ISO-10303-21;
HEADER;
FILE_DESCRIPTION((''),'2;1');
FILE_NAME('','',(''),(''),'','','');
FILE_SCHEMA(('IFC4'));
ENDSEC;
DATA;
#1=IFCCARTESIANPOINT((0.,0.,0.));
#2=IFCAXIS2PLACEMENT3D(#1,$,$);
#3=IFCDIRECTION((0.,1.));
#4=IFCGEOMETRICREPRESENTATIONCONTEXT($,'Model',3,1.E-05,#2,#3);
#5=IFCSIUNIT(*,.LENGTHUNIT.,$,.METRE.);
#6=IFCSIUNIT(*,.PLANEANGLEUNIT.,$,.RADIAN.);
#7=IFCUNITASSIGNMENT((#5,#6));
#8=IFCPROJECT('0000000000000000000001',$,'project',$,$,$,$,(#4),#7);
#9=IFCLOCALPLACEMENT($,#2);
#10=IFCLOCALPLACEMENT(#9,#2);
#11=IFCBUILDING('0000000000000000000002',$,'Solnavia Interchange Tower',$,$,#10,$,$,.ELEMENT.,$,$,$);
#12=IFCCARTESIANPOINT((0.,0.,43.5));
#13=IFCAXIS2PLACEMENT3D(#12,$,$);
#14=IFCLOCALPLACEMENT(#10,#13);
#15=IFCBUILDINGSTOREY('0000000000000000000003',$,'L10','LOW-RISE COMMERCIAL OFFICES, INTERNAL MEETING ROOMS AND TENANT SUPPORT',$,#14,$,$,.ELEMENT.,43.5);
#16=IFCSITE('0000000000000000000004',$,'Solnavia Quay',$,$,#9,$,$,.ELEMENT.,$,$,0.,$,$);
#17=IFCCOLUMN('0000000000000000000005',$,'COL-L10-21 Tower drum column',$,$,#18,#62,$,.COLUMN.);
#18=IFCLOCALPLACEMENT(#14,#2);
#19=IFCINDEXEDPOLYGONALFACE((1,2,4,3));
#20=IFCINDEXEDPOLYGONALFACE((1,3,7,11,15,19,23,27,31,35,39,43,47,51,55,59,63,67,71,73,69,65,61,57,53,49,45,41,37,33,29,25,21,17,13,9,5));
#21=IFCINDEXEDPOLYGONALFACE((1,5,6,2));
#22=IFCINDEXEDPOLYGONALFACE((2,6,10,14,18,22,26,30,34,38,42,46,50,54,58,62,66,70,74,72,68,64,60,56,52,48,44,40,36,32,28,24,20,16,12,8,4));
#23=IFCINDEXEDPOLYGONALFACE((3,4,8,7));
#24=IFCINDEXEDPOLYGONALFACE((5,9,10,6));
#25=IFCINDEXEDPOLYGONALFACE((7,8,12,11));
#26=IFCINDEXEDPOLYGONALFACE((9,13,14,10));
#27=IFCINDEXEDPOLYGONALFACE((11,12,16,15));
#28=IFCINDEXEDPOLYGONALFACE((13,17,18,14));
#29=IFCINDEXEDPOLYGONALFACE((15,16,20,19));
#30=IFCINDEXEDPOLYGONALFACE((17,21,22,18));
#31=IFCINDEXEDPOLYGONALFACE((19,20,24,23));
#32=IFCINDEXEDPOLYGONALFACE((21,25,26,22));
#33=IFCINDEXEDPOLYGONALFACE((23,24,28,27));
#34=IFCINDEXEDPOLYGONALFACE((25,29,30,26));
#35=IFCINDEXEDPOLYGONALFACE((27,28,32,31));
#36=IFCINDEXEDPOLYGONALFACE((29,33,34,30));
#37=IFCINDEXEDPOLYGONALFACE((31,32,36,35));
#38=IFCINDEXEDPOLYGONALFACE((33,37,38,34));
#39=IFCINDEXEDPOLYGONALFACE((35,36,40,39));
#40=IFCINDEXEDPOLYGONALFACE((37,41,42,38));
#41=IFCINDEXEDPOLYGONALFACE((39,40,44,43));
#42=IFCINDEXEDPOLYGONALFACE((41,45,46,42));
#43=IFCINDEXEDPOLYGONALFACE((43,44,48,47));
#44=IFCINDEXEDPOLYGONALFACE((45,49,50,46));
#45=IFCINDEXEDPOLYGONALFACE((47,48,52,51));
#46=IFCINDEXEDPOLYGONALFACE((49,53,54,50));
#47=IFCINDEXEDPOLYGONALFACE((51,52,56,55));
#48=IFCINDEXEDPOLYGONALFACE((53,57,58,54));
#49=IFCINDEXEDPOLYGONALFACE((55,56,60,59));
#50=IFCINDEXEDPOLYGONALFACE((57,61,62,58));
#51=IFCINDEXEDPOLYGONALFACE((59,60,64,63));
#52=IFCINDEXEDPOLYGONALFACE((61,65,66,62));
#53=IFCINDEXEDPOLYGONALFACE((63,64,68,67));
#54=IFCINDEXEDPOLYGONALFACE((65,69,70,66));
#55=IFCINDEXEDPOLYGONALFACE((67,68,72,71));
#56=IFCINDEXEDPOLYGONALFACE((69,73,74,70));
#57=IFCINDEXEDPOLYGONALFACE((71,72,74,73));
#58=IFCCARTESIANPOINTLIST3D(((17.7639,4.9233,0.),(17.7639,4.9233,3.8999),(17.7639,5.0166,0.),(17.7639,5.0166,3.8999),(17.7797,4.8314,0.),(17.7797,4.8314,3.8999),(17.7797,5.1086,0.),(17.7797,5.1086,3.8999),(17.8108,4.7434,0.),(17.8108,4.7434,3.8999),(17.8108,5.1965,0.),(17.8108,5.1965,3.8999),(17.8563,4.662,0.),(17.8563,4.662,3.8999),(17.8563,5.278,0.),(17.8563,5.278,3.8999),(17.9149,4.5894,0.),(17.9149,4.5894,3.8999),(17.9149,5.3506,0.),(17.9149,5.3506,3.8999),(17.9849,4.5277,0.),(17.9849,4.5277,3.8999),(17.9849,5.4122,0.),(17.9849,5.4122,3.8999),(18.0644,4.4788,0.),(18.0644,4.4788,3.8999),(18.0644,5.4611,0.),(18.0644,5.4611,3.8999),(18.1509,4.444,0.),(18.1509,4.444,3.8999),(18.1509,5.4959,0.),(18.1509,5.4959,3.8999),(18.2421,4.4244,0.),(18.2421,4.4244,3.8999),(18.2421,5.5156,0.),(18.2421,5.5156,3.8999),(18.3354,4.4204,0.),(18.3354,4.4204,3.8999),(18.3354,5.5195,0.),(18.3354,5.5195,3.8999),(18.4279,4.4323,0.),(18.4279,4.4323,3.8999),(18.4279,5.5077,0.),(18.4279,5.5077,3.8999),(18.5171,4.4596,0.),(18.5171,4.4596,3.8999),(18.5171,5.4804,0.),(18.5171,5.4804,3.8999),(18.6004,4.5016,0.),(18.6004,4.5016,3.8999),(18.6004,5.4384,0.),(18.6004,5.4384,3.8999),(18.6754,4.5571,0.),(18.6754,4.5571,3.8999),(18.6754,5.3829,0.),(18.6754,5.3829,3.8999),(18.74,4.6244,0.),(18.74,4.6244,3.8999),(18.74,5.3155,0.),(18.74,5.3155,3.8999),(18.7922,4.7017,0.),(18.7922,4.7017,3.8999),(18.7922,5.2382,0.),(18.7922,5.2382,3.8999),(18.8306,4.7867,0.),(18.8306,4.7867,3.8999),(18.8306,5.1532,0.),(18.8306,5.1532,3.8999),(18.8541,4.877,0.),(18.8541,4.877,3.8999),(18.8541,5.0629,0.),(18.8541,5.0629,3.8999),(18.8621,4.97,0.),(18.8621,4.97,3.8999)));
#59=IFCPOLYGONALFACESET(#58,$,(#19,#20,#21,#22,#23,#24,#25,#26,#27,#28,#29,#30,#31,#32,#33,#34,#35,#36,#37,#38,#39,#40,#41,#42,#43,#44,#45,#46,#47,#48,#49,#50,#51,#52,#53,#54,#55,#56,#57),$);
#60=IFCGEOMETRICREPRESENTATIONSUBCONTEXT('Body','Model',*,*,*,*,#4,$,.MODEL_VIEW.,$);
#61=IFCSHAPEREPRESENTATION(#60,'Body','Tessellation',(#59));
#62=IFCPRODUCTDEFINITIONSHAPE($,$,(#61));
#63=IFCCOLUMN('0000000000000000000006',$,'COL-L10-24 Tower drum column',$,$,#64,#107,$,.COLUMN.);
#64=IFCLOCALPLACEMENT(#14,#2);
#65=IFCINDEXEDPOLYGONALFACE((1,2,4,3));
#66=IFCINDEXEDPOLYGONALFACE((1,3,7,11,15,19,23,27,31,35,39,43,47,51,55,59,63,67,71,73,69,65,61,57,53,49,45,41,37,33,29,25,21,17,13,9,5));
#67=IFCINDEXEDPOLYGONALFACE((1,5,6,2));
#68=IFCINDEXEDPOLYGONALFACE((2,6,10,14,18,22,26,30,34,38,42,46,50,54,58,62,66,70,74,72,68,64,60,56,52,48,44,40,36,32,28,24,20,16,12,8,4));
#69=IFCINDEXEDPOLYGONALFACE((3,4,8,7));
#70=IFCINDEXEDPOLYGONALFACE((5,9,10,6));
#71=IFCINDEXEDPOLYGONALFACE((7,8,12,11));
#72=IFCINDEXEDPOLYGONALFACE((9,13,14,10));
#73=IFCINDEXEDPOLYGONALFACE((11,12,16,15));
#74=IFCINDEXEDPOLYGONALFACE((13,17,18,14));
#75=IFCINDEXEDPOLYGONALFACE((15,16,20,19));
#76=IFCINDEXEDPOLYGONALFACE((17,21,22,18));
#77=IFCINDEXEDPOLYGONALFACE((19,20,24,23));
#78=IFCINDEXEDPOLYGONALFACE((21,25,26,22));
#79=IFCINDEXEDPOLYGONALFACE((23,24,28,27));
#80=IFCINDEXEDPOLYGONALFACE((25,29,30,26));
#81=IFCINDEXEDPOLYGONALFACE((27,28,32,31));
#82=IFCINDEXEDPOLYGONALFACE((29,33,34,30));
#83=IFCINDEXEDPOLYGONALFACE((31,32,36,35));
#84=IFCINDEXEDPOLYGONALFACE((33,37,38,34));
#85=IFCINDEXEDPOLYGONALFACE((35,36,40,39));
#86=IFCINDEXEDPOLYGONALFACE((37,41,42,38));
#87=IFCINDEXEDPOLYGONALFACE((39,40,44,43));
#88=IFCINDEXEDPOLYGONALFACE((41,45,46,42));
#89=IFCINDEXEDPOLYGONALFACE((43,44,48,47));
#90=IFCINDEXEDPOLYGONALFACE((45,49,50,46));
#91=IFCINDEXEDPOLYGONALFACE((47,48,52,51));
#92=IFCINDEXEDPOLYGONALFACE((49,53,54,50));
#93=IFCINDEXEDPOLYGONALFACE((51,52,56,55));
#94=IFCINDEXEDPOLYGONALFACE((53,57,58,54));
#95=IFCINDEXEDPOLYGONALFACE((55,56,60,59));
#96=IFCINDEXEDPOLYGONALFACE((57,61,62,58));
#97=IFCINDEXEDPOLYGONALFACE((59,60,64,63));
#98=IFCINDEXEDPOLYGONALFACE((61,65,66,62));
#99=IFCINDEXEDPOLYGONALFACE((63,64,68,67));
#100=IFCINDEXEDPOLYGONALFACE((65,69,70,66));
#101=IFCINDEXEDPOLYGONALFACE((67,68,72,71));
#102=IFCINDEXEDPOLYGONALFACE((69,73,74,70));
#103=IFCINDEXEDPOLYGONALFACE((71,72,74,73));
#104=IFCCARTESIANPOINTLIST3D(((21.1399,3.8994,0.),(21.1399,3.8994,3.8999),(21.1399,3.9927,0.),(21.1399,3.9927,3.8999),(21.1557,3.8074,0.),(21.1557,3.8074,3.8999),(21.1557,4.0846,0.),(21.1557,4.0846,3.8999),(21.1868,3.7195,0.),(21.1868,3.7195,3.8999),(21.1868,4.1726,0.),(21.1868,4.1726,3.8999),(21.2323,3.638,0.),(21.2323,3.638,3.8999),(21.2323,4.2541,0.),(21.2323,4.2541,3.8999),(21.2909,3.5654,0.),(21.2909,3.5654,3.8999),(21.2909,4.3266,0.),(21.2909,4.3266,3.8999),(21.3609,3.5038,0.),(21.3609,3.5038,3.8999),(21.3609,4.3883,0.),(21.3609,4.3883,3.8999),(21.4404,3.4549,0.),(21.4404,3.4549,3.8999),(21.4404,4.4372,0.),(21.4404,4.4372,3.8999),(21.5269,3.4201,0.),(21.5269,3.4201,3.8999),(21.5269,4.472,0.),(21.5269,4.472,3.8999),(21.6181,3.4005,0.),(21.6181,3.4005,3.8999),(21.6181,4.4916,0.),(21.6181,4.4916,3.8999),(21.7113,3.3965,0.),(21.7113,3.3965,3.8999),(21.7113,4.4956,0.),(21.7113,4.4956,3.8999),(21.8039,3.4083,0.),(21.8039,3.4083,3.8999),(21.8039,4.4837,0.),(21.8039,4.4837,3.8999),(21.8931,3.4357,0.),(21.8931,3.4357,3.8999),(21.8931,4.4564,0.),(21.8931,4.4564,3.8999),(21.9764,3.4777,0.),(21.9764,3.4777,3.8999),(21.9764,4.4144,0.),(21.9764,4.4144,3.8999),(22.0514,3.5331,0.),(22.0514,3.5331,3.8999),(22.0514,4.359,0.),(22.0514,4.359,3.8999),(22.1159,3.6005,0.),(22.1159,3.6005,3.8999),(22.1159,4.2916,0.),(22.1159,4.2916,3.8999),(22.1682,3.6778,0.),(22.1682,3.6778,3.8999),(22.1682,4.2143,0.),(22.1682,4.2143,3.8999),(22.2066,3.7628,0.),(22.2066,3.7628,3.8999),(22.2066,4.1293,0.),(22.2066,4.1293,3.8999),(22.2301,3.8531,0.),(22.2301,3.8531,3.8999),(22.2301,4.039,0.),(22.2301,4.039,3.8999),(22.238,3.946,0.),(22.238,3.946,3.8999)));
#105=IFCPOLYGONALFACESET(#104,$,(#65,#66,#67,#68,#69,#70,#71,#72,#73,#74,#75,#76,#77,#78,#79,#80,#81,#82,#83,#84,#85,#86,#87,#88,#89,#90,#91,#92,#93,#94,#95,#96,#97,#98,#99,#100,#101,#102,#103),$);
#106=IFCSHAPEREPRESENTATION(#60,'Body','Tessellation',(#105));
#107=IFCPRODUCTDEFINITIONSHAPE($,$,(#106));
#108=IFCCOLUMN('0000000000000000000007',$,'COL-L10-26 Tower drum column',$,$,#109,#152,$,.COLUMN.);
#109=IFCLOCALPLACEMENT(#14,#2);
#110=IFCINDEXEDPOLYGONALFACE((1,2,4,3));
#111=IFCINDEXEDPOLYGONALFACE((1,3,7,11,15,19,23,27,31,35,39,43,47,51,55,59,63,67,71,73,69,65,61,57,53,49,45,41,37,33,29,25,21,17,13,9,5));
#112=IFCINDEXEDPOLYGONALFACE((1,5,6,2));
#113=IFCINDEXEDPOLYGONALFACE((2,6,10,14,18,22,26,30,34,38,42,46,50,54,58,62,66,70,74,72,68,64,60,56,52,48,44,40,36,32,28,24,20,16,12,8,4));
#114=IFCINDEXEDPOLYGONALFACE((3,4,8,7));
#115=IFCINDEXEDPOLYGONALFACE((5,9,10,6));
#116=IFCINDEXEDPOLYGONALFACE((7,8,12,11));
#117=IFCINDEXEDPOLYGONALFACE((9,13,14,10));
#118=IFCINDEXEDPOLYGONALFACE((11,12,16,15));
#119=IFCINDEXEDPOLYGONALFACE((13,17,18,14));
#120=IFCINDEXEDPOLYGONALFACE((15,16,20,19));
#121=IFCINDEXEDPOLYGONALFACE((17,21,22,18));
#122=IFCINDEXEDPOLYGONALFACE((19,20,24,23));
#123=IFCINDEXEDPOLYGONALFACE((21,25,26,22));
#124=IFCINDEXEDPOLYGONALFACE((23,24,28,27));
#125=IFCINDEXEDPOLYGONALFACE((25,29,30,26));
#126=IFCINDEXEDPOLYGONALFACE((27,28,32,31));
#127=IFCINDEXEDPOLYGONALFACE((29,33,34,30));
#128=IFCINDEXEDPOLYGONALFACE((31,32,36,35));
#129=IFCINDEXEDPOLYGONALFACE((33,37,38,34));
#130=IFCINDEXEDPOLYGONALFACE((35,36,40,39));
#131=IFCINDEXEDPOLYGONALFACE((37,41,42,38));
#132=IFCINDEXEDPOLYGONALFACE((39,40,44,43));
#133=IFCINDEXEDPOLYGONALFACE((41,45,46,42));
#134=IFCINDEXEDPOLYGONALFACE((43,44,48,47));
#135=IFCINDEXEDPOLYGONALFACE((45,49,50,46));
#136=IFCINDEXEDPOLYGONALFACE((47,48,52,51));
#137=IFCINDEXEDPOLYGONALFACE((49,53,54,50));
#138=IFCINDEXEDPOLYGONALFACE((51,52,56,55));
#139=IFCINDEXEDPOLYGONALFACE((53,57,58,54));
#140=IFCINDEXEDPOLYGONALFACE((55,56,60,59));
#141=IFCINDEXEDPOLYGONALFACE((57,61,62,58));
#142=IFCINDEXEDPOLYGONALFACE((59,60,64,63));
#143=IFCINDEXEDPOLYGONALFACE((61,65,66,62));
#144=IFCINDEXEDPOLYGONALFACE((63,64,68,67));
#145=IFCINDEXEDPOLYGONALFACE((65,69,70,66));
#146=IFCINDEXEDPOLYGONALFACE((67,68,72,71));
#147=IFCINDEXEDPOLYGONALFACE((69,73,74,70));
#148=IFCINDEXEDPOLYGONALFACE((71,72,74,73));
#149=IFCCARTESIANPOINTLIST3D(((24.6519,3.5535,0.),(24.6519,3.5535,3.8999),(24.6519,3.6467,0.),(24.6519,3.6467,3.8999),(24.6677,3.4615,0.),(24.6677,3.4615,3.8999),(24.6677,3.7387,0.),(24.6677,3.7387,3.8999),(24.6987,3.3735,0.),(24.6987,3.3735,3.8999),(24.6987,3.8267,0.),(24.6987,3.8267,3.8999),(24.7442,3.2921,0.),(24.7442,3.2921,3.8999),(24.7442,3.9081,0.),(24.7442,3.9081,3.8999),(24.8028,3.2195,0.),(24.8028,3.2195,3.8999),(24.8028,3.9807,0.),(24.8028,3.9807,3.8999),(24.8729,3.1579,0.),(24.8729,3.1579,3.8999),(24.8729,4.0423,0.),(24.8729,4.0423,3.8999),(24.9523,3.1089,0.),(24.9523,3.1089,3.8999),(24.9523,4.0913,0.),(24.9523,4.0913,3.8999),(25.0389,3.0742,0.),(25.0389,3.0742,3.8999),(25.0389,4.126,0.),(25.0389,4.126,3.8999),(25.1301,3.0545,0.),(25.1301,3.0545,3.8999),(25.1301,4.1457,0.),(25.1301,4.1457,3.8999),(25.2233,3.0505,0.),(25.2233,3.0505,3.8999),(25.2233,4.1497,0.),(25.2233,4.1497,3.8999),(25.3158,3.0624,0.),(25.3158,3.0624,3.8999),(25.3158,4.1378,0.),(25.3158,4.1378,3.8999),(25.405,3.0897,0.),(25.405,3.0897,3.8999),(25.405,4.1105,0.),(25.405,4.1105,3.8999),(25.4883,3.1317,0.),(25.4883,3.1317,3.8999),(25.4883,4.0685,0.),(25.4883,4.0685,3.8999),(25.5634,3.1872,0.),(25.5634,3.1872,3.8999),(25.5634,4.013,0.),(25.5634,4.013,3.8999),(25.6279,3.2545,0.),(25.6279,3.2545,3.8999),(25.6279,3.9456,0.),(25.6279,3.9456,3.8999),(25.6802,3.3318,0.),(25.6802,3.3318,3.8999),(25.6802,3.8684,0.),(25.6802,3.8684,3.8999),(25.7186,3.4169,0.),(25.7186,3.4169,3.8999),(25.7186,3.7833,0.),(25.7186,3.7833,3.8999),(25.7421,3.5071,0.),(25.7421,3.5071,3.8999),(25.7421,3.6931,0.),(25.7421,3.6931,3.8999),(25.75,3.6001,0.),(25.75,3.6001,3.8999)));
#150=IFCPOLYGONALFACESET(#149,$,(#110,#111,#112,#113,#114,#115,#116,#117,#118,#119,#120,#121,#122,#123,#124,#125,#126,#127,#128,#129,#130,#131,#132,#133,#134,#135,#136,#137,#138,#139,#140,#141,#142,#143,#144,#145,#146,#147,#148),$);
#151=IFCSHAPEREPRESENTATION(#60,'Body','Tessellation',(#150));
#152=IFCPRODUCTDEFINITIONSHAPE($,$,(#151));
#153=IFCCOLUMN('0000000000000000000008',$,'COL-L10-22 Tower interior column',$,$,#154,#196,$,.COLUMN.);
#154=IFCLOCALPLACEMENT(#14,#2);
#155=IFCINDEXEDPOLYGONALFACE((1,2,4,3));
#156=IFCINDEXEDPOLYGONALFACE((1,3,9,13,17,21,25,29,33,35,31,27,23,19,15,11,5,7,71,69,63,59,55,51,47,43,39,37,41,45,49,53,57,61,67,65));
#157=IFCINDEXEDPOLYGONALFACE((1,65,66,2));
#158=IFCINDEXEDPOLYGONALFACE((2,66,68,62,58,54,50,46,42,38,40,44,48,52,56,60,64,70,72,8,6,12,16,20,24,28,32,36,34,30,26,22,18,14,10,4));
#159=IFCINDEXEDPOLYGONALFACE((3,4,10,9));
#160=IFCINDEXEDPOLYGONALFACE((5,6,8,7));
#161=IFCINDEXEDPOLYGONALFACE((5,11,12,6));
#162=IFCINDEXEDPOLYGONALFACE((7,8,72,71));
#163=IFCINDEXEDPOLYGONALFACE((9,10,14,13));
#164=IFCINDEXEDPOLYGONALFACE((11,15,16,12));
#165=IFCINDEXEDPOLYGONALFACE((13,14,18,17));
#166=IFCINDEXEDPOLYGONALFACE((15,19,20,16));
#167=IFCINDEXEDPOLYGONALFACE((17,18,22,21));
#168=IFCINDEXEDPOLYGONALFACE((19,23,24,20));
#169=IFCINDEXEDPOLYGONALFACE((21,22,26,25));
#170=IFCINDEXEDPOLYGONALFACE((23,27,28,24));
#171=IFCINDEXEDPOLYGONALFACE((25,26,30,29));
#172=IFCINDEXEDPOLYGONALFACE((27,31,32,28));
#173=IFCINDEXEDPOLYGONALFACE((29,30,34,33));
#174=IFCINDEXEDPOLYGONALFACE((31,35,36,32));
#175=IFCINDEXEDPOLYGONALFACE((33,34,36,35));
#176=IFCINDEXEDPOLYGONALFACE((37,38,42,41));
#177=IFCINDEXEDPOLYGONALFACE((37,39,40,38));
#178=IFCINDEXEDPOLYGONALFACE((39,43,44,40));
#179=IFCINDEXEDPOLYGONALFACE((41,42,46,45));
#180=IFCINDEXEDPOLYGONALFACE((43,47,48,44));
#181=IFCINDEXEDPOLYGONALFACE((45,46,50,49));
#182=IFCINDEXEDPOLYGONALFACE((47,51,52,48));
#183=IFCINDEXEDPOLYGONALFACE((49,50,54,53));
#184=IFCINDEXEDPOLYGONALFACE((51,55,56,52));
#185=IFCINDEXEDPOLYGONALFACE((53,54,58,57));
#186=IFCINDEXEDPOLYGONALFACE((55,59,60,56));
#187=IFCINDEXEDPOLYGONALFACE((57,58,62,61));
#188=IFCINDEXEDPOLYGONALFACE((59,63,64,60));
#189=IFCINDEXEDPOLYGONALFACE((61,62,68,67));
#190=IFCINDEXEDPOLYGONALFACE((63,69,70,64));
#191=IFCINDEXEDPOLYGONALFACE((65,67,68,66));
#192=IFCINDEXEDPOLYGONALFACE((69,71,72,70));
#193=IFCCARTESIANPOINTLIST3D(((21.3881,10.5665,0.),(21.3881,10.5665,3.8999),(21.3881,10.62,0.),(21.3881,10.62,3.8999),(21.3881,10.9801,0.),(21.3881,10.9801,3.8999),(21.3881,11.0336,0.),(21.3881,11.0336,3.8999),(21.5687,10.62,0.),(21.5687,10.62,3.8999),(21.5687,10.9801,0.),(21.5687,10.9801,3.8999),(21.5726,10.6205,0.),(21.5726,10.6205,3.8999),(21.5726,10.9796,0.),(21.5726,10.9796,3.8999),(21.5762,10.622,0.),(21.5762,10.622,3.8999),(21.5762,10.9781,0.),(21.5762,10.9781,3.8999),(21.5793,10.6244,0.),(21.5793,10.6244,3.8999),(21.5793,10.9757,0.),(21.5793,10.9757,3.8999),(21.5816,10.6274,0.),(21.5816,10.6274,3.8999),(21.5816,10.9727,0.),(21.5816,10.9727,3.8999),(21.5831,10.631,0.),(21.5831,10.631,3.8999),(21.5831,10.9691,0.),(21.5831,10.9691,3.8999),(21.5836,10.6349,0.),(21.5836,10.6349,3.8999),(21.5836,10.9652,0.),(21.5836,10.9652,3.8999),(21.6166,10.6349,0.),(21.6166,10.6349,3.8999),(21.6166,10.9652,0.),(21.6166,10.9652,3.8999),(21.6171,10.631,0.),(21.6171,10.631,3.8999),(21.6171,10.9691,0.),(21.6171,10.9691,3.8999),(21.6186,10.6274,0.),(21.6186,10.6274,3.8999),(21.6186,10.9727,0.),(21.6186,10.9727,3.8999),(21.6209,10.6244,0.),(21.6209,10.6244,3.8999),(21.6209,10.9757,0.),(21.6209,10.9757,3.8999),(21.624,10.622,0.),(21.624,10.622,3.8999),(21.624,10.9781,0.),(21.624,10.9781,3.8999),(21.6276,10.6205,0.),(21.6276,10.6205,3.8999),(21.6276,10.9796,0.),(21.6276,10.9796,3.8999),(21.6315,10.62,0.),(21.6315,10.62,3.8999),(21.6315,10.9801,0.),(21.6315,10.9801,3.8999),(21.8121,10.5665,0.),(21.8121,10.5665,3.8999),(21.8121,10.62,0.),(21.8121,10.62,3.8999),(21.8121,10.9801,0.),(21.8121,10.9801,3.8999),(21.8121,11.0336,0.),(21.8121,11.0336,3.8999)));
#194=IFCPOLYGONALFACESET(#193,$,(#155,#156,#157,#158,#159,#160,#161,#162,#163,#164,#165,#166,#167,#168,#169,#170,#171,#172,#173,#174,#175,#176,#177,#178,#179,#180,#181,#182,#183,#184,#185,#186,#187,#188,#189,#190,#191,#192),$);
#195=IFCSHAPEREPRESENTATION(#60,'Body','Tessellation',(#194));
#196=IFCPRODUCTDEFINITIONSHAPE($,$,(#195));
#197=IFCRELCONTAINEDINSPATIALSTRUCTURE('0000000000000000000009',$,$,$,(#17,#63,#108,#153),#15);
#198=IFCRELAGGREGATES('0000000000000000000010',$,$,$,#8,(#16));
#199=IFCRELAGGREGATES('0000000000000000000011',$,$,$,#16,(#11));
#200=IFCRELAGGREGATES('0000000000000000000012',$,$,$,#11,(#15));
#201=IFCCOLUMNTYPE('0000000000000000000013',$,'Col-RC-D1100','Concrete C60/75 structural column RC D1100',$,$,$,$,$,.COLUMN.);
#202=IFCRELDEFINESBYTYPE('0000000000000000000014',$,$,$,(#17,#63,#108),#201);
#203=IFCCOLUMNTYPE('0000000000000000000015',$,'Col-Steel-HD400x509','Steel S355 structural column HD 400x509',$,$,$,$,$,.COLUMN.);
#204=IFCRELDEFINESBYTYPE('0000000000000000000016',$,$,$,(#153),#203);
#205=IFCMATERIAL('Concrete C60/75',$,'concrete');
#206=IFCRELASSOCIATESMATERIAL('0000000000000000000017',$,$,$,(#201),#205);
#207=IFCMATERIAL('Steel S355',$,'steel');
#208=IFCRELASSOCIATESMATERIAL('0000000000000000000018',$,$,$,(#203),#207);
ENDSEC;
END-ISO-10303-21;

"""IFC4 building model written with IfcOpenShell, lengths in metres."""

from ifc_helpers import new_model, si_unit, direction, frame, origin, origin_2d, place, context, subcontext, project, spatial, circle, i_section, extrude, material, material_profile, profile_set, type_object, element, save


model = new_model("IFC4")

# Units and contexts
model_context = context("Model", 3, precision=1e-05, world=origin(), true_north=direction((0.0, 1.0)))
body_context = subcontext(model_context, "Body", "Model", "MODEL_VIEW")
ifc_project = project(units=[si_unit("LENGTHUNIT", "METRE"), si_unit("PLANEANGLEUNIT", "RADIAN")], contexts=[model_context])

# Site, building, storey
site_placement = place(None, origin())
site = spatial("IfcSite", under=ifc_project, at=site_placement, Name="Solnavia Quay", CompositionType="ELEMENT", RefElevation=0.0)
building_placement = place(site_placement, origin())
building = spatial("IfcBuilding", under=site, at=building_placement, Name="Solnavia Interchange Tower", CompositionType="ELEMENT")
storey_placement = place(building_placement, frame((0.0, 0.0, 43.5)))
storey = spatial("IfcBuildingStorey", under=building, at=storey_placement, Name="L10", Description="LOW-RISE COMMERCIAL OFFICES, INTERNAL MEETING ROOMS AND TENANT SUPPORT", CompositionType="ELEMENT", Elevation=43.5)

# Columns
ifc_material_1 = material(Name="Concrete C60/75", Category="concrete")
ifc_material_profile_1 = material_profile(ifc_material_1, circle(Radius=0.55, at=origin_2d()), Name="RC D1100")
ifc_profile_set_1 = profile_set([ifc_material_profile_1], Name="Concrete C60/75")
column_type_1 = type_object("IfcColumnType", Name="Col-RC-D1100", Description="Concrete C60/75 structural column RC D1100", PredefinedType="COLUMN", material=ifc_profile_set_1)
for number, where, z_axis, x_axis, name in (
    (1, (18.312, 4.97, 0.0), (0.0, 0.0, 1.0), (1.0, 0.0, 0.0), "COL-L10-21 Tower drum column"),
    (2, (21.688, 3.946, 0.0), (0.0, 0.0, 1.0), (1.0, 0.0, 0.0), "COL-L10-24 Tower drum column"),
    (3, (25.2, 3.6001, 0.0), (0.0, 0.0, 1.0), (1.0, 0.0, 0.0), "COL-L10-26 Tower drum column"),
):
    element("IfcColumn", number, at=place(storey_placement, frame(where, z_axis=z_axis, x_axis=x_axis)), inside=storey, type_object=column_type_1, Name=name, PredefinedType="COLUMN", context=body_context, shape_type="SweptSolid", body=[
        extrude(circle(Radius=0.55, at=origin_2d()), origin(), (0.0, 0.0, 1.0), 3.8999),
    ])
ifc_material_2 = material(Name="Steel S355", Category="steel")
ifc_material_profile_2 = material_profile(ifc_material_2, i_section(OverallWidth=0.4241, OverallDepth=0.467, WebThickness=0.033, FlangeThickness=0.0535, FilletRadius=0.0149, at=origin_2d()), Name="HD 400x509")
ifc_profile_set_2 = profile_set([ifc_material_profile_2], Name="Steel S355")
column_type_2 = type_object("IfcColumnType", Name="Col-Steel-HD400x509", Description="Steel S355 structural column HD 400x509", PredefinedType="COLUMN", material=ifc_profile_set_2)
column_placement = place(storey_placement, frame((21.6001, 10.8, 0.0), z_axis=(0.0, 0.0, 1.0), x_axis=(1.0, 0.0, 0.0)))
element("IfcColumn", 4, at=column_placement, inside=storey, type_object=column_type_2, Name="COL-L10-22 Tower interior column", PredefinedType="COLUMN", context=body_context, shape_type="SweptSolid", body=[
    extrude(i_section(OverallWidth=0.4241, OverallDepth=0.467, WebThickness=0.033, FlangeThickness=0.0535, FilletRadius=0.0149, at=origin_2d()), origin(), (0.0, 0.0, 1.0), 3.8999),
])

save(model, "model.ifc")
